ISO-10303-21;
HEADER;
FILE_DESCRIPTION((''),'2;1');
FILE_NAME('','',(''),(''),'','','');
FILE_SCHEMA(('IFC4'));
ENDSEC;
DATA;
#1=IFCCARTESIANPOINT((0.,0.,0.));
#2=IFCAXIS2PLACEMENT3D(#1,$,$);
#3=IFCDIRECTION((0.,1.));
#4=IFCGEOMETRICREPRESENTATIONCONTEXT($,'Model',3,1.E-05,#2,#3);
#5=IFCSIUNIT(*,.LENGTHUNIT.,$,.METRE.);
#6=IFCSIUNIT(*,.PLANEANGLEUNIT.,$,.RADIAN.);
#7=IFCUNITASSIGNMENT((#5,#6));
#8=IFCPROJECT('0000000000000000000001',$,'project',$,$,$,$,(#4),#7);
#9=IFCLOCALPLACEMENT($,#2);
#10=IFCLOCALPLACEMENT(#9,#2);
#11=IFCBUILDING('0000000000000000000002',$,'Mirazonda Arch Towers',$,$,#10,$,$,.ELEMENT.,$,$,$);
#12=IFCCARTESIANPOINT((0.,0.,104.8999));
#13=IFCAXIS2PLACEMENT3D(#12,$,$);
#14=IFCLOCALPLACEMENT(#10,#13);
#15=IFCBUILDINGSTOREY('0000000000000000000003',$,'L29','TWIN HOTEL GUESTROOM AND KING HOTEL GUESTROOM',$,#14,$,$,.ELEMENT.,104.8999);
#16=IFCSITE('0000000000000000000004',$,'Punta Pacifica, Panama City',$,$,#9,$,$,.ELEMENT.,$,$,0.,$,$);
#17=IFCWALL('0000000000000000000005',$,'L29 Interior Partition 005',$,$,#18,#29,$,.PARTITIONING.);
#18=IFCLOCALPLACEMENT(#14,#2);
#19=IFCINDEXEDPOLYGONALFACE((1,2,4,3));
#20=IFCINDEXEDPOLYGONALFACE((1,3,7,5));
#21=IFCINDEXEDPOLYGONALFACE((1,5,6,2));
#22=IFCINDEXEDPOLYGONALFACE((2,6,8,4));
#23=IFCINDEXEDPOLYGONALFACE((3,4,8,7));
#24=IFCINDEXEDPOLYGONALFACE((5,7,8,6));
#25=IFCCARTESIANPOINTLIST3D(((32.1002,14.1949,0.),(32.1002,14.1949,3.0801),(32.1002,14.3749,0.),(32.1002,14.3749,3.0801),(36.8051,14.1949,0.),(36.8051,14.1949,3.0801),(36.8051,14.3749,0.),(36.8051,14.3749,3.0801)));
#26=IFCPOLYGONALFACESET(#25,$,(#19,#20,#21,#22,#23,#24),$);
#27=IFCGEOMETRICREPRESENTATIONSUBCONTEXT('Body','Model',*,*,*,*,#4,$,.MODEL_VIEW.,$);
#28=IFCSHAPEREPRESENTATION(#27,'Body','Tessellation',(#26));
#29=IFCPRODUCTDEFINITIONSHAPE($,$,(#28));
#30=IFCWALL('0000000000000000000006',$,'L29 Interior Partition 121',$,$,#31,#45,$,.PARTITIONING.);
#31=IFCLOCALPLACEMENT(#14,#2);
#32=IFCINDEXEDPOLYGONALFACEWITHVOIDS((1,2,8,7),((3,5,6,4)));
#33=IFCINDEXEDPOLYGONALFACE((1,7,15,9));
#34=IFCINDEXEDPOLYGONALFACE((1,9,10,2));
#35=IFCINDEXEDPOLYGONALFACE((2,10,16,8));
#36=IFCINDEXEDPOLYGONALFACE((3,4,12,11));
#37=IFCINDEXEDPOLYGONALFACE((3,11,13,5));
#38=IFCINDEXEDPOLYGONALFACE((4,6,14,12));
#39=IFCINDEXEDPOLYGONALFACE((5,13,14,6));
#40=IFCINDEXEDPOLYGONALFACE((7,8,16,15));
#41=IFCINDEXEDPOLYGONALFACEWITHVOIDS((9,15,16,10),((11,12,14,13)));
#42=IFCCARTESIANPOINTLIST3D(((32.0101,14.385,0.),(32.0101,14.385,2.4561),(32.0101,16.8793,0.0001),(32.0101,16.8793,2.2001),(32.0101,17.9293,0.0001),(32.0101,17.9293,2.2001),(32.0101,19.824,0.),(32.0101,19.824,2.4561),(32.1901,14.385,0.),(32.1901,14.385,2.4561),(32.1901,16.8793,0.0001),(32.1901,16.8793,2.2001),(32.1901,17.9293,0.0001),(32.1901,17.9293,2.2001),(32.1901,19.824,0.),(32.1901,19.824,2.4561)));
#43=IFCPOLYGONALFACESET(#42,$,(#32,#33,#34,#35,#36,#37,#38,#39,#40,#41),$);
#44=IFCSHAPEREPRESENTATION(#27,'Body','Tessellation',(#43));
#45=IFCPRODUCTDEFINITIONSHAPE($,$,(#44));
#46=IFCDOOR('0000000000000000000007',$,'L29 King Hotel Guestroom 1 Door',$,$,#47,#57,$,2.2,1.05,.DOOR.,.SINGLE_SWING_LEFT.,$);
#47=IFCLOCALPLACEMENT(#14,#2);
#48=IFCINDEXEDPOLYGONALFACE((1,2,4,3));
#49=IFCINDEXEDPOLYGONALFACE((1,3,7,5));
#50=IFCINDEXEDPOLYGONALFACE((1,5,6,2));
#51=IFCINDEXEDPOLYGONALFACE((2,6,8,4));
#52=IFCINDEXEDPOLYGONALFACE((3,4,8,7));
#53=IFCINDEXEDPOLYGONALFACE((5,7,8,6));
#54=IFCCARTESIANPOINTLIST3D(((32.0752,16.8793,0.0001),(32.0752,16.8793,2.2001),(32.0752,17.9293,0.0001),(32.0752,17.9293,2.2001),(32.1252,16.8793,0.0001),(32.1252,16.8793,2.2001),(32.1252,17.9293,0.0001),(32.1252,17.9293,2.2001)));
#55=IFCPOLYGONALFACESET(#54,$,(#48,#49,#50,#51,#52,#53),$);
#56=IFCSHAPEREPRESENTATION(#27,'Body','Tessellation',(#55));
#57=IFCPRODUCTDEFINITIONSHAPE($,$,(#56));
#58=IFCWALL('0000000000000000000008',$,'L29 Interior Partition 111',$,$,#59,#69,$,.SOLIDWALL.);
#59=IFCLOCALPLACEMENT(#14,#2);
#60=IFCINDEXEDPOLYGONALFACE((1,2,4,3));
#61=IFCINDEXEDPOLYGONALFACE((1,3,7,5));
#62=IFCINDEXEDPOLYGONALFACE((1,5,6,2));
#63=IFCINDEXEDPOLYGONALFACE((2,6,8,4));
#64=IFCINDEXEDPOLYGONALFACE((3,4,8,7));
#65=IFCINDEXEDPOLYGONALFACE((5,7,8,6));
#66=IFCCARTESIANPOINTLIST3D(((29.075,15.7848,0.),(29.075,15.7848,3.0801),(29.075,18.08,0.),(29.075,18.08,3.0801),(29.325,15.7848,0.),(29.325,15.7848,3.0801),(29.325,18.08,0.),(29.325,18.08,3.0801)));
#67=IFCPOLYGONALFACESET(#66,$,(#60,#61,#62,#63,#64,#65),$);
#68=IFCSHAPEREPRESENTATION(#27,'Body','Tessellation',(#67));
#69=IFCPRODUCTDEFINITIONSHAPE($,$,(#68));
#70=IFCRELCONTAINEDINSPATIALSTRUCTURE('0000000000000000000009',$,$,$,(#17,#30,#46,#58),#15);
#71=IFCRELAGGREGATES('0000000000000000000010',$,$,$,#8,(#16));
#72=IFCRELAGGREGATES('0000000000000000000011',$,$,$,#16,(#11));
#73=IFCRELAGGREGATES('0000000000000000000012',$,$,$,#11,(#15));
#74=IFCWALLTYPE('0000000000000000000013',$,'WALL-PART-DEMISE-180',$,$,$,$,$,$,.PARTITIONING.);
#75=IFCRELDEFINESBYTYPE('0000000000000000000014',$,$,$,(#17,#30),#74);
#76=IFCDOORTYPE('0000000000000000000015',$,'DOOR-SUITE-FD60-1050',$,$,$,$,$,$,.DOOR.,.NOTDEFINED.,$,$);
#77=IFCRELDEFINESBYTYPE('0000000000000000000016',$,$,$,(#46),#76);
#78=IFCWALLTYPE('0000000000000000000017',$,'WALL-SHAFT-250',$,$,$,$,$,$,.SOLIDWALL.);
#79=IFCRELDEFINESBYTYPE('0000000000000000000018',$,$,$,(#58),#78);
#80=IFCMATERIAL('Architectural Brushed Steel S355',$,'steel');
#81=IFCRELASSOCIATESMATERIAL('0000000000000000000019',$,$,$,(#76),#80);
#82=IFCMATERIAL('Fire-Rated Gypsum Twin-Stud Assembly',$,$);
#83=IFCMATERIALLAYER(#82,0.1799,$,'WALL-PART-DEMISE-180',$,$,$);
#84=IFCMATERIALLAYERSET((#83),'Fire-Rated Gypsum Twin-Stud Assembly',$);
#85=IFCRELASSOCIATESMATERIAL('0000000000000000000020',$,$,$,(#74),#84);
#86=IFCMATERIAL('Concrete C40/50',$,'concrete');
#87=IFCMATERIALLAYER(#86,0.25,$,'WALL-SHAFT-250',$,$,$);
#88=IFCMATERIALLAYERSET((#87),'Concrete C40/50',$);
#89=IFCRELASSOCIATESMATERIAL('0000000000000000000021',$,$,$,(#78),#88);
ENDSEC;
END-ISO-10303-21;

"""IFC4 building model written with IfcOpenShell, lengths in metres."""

from ifc_helpers import new_model, si_unit, direction, frame, frame_2d, origin, place, context, subcontext, project, spatial, rectangle, extrude, material, layer, layer_set, type_object, element, fill, save


model = new_model("IFC4")

# Units and contexts
model_context = context("Model", 3, precision=1e-05, world=origin(), true_north=direction((0.0, 1.0)))
body_context = subcontext(model_context, "Body", "Model", "MODEL_VIEW")
ifc_project = project(units=[si_unit("LENGTHUNIT", "METRE"), si_unit("PLANEANGLEUNIT", "RADIAN")], contexts=[model_context])

# Site, building, storey
site_placement = place(None, origin())
site = spatial("IfcSite", under=ifc_project, at=site_placement, Name="Punta Pacifica, Panama City", CompositionType="ELEMENT", RefElevation=0.0)
building_placement = place(site_placement, origin())
building = spatial("IfcBuilding", under=site, at=building_placement, Name="Mirazonda Arch Towers", CompositionType="ELEMENT")
storey_placement = place(building_placement, frame((0.0, 0.0, 104.8999)))
storey = spatial("IfcBuildingStorey", under=building, at=storey_placement, Name="L29", Description="TWIN HOTEL GUESTROOM AND KING HOTEL GUESTROOM", CompositionType="ELEMENT", Elevation=104.8999)

# Shared definitions
ifc_material_1 = material(Name="Architectural Brushed Steel S355", Category="steel")
door_type_1 = type_object("IfcDoorType", Name="DOOR-SUITE-FD60-1050", OperationType="NOTDEFINED", PredefinedType="DOOR", material=ifc_material_1)

# Wall
ifc_material_2 = material(Name="Fire-Rated Gypsum Twin-Stud Assembly")
ifc_layer_1 = layer(ifc_material_2, 0.1799, Name="WALL-PART-DEMISE-180")
ifc_layer_set_1 = layer_set([ifc_layer_1], Name="Fire-Rated Gypsum Twin-Stud Assembly")
wall_type_1 = type_object("IfcWallType", Name="WALL-PART-DEMISE-180", PredefinedType="PARTITIONING", material=ifc_layer_set_1)
wall_1_placement = place(storey_placement, frame((32.1001, 14.2849, 0.0), z_axis=(0.0, 0.0, 1.0), x_axis=(1.0, 0.0, 0.0)))
element("IfcWall", 1, at=wall_1_placement, inside=storey, type_object=wall_type_1, Name="L29 Interior Partition 005", PredefinedType="PARTITIONING", context=body_context, shape_type="SweptSolid", body=[
    extrude(rectangle(XDim=4.7048, YDim=0.1799, at=frame_2d((2.3525, 0.0))), origin(), (0.0, 0.0, 1.0), 3.0801),
])

# Wall, opening, door
wall_2_placement = place(storey_placement, frame((32.1001, 14.385, 0.0), z_axis=(0.0, 0.0, 1.0), x_axis=(0.0, 1.0, 0.0)))
wall_2 = element("IfcWall", 2, at=wall_2_placement, inside=storey, type_object=wall_type_1, Name="L29 Interior Partition 121", PredefinedType="PARTITIONING", context=body_context, shape_type="SweptSolid", body=[
    extrude(rectangle(XDim=5.439, YDim=0.1799, at=frame_2d((2.7195, 0.0))), origin(), (0.0, 0.0, 1.0), 2.4561),
])
opening_1_placement = place(wall_2_placement, frame((2.4944, 0.0, 0.0)))
opening_1 = element("IfcOpeningElement", 3, at=opening_1_placement, cuts=wall_2, PredefinedType="OPENING", context=body_context, shape_type="SweptSolid", body=[
    extrude(rectangle(XDim=1.05, YDim=2.2, at=frame_2d((0.5249, 1.1001))), frame((0.0, 0.0999, 0.0), z_axis=(0.0, -1.0, 0.0), x_axis=(1.0, 0.0, 0.0)), (0.0, 0.0, 1.0), 0.2),
])
door_1_placement = place(opening_1_placement, origin())
door_1 = element("IfcDoor", 4, at=door_1_placement, inside=storey, type_object=door_type_1, Name="L29 King Hotel Guestroom 1 Door", OperationType="SINGLE_SWING_LEFT", OverallHeight=2.2, OverallWidth=1.05, PredefinedType="DOOR", context=body_context, shape_type="SweptSolid", body=[
    extrude(rectangle(XDim=1.05, YDim=2.2, at=frame_2d((0.5249, 1.1001))), frame((0.0, 0.0249, 0.0), z_axis=(0.0, -1.0, 0.0), x_axis=(1.0, 0.0, 0.0)), (0.0, 0.0, 1.0), 0.05),
])
fill(opening_1, door_1)

# Wall
ifc_material_3 = material(Name="Concrete C40/50", Category="concrete")
ifc_layer_2 = layer(ifc_material_3, 0.25, Name="WALL-SHAFT-250")
ifc_layer_set_2 = layer_set([ifc_layer_2], Name="Concrete C40/50")
wall_type_2 = type_object("IfcWallType", Name="WALL-SHAFT-250", PredefinedType="SOLIDWALL", material=ifc_layer_set_2)
wall_3_placement = place(storey_placement, frame((29.2, 15.7849, 0.0), z_axis=(0.0, 0.0, 1.0), x_axis=(0.0, 1.0, 0.0)))
element("IfcWall", 5, at=wall_3_placement, inside=storey, type_object=wall_type_2, Name="L29 Interior Partition 111", PredefinedType="SOLIDWALL", context=body_context, shape_type="SweptSolid", body=[
    extrude(rectangle(XDim=2.2952, YDim=0.25, at=frame_2d((1.1475, 0.0))), origin(), (0.0, 0.0, 1.0), 3.0801),
])

save(model, "model.ifc")
